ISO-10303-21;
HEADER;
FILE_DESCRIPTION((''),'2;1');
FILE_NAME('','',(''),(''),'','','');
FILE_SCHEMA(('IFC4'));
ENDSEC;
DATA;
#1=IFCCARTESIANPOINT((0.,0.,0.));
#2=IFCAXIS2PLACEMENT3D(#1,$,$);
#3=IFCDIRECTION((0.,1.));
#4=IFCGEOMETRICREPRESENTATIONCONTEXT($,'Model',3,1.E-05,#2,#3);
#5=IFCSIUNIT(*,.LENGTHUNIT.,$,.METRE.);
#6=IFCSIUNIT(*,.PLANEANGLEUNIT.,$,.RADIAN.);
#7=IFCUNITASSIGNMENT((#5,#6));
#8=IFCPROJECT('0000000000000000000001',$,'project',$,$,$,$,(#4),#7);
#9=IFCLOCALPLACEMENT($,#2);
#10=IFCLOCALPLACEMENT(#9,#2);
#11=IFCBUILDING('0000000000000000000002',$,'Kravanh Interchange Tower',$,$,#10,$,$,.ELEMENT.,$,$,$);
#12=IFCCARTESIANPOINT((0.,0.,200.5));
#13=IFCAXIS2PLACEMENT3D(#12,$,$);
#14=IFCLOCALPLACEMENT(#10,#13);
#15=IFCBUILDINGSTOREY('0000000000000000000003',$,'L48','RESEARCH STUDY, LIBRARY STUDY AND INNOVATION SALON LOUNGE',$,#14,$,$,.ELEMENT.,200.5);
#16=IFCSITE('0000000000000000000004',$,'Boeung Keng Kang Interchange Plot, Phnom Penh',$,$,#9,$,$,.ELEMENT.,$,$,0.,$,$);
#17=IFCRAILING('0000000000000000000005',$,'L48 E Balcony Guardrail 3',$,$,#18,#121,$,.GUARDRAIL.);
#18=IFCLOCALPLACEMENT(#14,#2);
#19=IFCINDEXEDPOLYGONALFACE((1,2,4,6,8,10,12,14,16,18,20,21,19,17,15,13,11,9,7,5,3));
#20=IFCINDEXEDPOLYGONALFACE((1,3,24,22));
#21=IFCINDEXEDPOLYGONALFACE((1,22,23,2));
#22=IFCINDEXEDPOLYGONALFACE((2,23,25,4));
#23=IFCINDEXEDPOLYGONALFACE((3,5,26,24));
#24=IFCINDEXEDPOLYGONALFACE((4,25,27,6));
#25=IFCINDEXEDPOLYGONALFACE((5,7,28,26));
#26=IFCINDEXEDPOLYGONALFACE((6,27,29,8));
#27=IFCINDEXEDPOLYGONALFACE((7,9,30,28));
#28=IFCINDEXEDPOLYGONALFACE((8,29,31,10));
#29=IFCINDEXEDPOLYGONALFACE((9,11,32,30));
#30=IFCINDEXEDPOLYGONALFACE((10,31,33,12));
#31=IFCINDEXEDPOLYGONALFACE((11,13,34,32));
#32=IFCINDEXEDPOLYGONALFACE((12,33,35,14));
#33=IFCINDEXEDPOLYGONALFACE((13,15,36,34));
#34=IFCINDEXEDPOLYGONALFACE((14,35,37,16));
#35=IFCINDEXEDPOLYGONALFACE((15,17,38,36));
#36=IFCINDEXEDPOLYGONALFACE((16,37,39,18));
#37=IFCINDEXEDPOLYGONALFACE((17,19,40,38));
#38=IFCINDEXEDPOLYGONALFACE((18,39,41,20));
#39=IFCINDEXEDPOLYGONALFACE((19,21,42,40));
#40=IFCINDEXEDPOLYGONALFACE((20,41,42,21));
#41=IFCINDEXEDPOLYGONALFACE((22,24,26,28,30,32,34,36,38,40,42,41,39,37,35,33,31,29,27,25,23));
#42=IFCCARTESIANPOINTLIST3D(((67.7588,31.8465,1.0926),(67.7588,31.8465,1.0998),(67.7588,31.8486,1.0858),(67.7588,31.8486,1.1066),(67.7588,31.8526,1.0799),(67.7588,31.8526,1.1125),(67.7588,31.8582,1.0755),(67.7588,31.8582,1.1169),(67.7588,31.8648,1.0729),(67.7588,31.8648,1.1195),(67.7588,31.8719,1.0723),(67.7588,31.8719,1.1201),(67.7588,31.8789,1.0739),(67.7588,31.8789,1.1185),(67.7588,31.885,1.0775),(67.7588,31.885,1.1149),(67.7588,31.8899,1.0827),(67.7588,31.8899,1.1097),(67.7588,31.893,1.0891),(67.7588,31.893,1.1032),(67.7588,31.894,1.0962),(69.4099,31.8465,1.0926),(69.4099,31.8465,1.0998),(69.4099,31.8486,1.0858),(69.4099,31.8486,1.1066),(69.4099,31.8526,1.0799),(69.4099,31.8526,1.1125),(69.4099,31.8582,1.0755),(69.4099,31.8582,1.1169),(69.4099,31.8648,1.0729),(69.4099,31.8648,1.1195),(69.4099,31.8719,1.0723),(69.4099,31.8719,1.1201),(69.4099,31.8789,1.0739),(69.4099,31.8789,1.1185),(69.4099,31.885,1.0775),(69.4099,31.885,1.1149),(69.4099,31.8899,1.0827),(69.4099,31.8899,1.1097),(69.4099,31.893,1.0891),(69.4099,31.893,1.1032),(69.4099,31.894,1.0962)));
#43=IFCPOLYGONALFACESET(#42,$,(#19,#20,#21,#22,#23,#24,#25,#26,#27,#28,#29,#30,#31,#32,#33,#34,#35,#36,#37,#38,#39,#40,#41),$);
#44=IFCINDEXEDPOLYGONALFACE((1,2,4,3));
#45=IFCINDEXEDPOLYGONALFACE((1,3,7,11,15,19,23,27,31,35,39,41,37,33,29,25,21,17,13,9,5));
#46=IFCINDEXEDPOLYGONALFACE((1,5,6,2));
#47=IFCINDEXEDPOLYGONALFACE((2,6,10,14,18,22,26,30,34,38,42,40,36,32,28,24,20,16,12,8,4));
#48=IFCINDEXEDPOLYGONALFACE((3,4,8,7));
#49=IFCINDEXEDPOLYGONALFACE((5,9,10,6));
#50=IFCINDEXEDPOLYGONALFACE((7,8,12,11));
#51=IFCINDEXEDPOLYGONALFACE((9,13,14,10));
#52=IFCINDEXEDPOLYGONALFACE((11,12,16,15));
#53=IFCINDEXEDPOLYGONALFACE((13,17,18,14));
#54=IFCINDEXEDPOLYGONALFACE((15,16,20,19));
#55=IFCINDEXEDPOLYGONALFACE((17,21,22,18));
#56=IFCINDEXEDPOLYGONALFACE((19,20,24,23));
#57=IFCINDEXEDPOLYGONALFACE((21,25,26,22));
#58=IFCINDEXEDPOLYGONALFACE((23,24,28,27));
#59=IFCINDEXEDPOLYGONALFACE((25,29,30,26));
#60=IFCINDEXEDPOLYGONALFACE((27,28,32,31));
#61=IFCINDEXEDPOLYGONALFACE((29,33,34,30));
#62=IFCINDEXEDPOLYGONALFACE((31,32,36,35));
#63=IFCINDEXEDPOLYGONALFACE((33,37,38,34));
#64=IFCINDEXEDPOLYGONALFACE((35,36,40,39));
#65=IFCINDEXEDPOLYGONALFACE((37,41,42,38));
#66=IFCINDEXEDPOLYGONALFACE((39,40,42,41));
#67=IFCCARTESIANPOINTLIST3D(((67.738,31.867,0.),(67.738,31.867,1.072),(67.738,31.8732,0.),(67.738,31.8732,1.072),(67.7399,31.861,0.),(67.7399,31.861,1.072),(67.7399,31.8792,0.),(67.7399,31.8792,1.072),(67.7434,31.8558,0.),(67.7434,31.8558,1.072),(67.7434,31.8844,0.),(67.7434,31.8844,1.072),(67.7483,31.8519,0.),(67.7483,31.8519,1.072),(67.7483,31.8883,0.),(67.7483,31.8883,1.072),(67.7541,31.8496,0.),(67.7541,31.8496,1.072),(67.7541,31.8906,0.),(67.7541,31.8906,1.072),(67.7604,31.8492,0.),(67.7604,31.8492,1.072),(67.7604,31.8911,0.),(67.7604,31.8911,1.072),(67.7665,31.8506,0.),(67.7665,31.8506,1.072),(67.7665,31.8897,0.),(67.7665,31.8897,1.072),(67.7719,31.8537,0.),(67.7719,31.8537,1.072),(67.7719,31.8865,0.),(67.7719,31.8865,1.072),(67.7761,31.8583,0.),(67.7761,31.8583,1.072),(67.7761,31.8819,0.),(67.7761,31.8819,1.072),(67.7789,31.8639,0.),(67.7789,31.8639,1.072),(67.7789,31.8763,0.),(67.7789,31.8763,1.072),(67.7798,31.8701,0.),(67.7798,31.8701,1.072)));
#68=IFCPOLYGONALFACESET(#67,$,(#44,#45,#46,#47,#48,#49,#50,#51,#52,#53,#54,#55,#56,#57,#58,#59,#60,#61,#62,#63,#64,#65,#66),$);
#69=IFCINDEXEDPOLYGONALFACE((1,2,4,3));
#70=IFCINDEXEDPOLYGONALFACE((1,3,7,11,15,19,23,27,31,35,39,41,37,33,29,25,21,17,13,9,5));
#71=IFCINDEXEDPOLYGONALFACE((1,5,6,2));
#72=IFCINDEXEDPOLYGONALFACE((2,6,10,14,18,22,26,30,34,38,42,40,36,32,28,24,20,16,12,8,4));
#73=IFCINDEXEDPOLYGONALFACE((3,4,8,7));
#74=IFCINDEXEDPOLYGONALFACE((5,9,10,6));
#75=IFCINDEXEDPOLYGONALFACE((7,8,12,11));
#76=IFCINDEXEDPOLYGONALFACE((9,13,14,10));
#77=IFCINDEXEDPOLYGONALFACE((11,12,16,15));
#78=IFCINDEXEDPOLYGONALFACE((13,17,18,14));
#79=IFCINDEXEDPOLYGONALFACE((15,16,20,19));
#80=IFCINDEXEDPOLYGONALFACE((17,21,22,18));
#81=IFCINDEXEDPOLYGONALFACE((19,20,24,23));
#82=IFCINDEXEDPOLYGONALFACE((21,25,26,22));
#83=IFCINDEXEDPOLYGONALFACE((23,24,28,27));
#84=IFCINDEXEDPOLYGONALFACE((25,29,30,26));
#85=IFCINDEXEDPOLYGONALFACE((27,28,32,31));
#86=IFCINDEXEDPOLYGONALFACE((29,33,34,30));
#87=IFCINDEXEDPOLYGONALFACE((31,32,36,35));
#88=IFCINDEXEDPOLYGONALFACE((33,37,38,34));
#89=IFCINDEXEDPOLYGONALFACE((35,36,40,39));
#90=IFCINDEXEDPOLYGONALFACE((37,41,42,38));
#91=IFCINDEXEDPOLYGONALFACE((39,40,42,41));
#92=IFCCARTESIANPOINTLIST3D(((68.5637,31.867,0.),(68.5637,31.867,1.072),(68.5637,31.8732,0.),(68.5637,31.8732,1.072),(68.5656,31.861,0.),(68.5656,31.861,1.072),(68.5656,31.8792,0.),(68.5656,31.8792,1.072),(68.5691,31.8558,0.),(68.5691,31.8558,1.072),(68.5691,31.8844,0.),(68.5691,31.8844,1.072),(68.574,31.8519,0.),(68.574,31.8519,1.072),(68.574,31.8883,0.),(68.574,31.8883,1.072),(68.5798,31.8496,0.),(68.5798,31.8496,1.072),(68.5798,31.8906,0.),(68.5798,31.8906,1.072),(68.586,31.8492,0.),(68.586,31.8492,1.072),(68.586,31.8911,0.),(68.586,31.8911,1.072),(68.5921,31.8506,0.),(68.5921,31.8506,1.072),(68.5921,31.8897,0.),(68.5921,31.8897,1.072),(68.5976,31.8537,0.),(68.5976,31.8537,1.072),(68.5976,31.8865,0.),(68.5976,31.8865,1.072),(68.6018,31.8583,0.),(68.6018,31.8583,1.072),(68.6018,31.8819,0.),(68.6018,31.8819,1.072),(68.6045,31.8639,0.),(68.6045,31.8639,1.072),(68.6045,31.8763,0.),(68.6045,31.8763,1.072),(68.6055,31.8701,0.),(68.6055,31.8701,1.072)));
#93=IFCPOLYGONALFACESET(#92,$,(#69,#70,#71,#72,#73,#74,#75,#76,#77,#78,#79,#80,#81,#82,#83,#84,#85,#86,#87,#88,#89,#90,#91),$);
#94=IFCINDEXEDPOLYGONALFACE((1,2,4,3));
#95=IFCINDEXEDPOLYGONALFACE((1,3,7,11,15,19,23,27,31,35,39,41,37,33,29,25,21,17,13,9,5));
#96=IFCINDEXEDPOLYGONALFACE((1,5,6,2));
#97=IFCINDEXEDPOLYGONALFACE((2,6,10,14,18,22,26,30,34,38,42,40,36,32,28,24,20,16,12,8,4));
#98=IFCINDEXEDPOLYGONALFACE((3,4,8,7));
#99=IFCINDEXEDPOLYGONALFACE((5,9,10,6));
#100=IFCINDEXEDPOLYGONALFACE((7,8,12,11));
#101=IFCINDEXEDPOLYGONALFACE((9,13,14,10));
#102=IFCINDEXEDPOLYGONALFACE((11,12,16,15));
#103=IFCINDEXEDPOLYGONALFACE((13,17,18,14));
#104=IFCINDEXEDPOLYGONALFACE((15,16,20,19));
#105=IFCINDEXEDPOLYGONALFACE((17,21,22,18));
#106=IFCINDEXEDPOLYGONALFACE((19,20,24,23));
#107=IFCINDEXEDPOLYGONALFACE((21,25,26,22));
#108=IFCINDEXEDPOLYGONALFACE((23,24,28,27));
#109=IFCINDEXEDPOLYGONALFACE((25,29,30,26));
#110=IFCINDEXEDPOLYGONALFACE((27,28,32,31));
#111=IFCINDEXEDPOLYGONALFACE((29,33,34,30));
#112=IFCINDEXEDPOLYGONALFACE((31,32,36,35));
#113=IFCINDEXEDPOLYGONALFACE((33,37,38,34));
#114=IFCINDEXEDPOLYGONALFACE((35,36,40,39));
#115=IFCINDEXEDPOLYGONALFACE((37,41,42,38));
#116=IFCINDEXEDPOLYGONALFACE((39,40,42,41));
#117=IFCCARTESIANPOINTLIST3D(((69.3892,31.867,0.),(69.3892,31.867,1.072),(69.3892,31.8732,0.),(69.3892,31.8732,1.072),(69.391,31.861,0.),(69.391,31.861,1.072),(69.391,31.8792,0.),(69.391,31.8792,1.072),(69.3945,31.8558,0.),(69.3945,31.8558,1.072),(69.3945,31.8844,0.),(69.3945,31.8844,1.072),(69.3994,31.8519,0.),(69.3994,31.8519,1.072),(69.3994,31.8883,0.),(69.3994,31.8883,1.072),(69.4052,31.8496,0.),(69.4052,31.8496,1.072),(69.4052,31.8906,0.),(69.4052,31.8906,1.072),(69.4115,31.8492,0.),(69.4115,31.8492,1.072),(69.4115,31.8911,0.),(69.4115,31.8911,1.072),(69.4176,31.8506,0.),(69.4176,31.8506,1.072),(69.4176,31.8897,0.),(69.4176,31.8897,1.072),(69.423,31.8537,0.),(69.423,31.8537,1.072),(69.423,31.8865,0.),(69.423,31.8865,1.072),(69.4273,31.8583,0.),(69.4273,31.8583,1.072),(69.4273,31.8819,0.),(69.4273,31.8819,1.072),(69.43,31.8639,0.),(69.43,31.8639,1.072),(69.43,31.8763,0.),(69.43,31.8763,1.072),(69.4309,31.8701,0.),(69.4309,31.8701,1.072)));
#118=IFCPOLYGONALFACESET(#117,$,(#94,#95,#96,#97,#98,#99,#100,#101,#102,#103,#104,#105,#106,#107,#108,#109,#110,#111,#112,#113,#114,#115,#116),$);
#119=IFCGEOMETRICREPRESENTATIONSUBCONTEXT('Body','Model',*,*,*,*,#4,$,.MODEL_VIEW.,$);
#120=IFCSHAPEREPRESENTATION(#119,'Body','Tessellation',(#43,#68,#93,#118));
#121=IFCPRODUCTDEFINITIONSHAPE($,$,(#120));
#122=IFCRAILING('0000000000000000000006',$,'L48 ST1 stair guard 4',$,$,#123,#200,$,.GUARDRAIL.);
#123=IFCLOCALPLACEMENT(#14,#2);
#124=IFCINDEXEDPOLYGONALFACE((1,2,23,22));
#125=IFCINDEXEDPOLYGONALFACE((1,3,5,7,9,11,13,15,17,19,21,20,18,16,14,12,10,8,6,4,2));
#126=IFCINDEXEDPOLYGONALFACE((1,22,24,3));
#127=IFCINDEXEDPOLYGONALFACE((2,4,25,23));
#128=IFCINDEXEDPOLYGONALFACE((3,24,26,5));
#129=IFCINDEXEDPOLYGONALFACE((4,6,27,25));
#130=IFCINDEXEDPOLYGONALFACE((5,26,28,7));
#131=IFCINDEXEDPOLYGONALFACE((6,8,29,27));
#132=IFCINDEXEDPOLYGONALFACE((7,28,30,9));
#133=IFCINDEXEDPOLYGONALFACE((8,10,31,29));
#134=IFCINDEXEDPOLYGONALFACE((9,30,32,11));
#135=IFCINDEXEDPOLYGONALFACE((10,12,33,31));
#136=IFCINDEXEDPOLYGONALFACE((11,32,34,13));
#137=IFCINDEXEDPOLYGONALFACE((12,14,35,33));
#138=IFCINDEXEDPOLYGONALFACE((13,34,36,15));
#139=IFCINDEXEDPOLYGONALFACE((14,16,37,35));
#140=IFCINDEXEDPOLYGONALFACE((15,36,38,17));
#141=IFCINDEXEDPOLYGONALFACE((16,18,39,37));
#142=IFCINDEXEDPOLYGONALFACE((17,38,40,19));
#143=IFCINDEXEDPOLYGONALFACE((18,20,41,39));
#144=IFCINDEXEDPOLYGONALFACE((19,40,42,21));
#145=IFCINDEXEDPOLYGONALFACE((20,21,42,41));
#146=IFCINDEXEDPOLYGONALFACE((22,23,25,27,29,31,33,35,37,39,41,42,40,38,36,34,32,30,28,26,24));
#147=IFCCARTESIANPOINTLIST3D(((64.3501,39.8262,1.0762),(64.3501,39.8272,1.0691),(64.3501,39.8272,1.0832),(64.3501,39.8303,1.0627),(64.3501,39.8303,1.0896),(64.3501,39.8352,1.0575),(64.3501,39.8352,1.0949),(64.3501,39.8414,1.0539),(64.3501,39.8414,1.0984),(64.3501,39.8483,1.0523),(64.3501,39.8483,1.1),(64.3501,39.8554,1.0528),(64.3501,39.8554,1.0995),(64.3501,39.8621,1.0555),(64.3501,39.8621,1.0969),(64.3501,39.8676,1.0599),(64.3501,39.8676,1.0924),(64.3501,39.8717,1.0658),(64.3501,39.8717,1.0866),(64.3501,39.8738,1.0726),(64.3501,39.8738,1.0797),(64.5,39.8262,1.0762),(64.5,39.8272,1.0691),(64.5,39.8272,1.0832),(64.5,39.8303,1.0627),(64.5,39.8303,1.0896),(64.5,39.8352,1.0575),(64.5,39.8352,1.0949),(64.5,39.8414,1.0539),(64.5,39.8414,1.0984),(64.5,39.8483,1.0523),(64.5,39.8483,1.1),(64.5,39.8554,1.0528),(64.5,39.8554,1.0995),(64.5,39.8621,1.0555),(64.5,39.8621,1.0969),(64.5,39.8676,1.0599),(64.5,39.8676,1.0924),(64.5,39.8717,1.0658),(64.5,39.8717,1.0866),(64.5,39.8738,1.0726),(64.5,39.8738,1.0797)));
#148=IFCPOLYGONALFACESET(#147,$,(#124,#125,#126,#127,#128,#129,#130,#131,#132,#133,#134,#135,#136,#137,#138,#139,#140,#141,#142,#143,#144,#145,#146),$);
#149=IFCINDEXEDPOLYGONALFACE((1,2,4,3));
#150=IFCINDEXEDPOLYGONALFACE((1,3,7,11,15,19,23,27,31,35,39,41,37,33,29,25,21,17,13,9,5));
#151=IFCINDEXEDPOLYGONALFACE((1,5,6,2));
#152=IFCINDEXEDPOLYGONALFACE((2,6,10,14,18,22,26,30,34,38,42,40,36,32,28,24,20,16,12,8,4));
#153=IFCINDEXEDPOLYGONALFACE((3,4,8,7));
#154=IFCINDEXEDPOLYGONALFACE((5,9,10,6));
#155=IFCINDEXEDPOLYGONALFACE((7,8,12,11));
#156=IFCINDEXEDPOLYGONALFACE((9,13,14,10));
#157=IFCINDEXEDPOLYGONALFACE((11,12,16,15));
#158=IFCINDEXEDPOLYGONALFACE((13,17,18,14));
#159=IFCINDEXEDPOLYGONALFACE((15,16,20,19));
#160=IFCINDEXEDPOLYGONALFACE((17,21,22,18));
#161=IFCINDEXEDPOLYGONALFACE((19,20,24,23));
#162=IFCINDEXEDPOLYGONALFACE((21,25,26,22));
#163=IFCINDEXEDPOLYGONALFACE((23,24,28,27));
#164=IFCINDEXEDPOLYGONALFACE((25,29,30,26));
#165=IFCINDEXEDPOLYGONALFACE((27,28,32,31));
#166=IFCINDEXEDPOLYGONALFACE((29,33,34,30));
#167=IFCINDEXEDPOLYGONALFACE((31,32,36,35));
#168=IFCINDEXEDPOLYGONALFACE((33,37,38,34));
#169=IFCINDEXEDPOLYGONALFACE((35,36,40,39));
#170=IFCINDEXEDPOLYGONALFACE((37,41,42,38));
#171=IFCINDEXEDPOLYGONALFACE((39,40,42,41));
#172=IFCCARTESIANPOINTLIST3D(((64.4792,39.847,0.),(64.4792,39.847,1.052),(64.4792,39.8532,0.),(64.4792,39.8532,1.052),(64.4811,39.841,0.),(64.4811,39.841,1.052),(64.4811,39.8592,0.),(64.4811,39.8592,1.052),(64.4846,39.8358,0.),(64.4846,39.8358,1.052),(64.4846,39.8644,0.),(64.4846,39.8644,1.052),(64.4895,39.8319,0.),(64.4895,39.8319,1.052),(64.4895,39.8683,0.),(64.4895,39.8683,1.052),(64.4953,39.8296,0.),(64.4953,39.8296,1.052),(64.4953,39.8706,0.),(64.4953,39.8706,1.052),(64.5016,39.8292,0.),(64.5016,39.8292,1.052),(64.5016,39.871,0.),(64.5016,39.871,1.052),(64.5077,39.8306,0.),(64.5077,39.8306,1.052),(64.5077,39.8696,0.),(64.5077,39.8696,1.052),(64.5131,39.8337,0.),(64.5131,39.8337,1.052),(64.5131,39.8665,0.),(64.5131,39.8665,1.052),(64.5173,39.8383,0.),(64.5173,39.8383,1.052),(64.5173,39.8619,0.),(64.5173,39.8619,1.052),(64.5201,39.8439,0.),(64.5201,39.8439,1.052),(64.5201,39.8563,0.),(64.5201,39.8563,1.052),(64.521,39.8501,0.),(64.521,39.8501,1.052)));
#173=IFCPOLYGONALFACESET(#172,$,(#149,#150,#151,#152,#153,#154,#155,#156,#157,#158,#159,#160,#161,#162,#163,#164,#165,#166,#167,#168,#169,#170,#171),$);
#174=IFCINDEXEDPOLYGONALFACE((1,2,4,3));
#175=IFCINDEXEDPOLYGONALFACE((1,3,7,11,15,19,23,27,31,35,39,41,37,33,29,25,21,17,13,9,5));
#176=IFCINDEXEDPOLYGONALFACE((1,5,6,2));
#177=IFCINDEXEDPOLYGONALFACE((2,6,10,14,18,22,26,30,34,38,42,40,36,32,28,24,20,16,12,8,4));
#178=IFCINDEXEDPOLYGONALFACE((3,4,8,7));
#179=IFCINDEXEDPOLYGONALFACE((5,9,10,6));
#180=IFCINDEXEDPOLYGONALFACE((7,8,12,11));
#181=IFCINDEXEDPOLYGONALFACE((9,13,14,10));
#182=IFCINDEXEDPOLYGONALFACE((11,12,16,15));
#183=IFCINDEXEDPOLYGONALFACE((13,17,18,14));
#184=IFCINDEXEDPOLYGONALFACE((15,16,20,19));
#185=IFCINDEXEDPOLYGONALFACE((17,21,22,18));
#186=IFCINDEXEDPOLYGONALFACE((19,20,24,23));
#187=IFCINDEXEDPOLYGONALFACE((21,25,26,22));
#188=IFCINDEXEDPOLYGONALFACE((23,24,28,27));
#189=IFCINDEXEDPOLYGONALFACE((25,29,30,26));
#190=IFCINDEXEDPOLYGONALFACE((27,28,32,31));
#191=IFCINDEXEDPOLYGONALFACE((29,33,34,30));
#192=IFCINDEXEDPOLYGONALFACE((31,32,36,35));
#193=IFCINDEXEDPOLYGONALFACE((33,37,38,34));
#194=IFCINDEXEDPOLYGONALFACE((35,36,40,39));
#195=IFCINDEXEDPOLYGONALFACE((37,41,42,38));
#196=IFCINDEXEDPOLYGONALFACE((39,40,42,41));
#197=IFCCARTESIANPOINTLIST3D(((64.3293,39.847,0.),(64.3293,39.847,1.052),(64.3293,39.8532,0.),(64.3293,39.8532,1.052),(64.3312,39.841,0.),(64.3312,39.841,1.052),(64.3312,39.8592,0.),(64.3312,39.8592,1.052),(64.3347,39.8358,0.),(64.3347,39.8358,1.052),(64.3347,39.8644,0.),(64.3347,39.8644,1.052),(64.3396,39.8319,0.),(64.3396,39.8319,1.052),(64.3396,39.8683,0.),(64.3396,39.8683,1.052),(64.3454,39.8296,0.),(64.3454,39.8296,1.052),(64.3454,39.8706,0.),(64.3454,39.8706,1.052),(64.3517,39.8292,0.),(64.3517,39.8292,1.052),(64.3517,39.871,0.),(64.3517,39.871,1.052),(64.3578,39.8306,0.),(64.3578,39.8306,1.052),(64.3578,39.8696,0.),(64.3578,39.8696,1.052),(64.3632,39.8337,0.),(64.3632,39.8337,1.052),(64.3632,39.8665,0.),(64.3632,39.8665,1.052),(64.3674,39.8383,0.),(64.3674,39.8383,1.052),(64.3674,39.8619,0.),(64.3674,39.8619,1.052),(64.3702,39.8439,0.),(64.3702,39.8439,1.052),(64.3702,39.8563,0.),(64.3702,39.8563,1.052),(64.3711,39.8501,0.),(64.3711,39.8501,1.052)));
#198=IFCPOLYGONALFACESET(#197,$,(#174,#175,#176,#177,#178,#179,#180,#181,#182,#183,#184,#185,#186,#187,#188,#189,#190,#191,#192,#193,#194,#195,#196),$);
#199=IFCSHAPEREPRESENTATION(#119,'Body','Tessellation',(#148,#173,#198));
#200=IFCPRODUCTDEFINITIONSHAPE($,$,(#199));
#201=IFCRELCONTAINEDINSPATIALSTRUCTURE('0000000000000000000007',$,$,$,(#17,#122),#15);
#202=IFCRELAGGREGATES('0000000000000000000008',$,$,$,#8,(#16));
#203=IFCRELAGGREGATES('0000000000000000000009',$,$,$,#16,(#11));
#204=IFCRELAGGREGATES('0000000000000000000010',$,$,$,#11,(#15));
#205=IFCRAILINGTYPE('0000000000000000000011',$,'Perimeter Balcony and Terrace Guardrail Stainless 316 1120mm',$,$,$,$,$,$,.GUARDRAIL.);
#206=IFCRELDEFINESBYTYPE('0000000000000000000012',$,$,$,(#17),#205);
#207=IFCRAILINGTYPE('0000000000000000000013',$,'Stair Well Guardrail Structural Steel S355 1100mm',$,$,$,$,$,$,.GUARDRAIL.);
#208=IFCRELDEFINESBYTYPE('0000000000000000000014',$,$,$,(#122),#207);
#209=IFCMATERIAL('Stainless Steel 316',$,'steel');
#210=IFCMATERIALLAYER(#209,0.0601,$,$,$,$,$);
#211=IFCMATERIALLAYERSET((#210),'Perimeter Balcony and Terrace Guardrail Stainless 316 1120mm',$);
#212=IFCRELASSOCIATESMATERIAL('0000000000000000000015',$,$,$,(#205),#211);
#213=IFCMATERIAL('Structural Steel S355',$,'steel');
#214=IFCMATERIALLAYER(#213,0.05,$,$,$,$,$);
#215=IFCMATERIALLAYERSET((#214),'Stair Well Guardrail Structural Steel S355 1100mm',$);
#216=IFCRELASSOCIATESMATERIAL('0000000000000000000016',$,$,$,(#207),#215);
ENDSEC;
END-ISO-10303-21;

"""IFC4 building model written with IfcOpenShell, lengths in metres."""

from ifc_helpers import new_model, si_unit, direction, frame, origin, origin_2d, place, context, subcontext, project, spatial, circle, extrude, material, layer, layer_set, type_object, element, save


model = new_model("IFC4")

# Units and contexts
model_context = context("Model", 3, precision=1e-05, world=origin(), true_north=direction((0.0, 1.0)))
body_context = subcontext(model_context, "Body", "Model", "MODEL_VIEW")
ifc_project = project(units=[si_unit("LENGTHUNIT", "METRE"), si_unit("PLANEANGLEUNIT", "RADIAN")], contexts=[model_context])

# Site, building, storey
site_placement = place(None, origin())
site = spatial("IfcSite", under=ifc_project, at=site_placement, Name="Boeung Keng Kang Interchange Plot, Phnom Penh", CompositionType="ELEMENT", RefElevation=0.0)
building_placement = place(site_placement, origin())
building = spatial("IfcBuilding", under=site, at=building_placement, Name="Kravanh Interchange Tower", CompositionType="ELEMENT")
storey_placement = place(building_placement, frame((0.0, 0.0, 200.5)))
storey = spatial("IfcBuildingStorey", under=building, at=storey_placement, Name="L48", Description="RESEARCH STUDY, LIBRARY STUDY AND INNOVATION SALON LOUNGE", CompositionType="ELEMENT", Elevation=200.5)

# Railings
ifc_material_1 = material(Name="Stainless Steel 316", Category="steel")
ifc_layer_1 = layer(ifc_material_1, 0.0601)
ifc_layer_set_1 = layer_set([ifc_layer_1], Name="Perimeter Balcony and Terrace Guardrail Stainless 316 1120mm")
railing_type_1 = type_object("IfcRailingType", Name="Perimeter Balcony and Terrace Guardrail Stainless 316 1120mm", PredefinedType="GUARDRAIL", material=ifc_layer_set_1)
railing_1_placement = place(storey_placement, frame((67.7588, 31.8701, 0.0)))
element("IfcRailing", 1, at=railing_1_placement, inside=storey, type_object=railing_type_1, Name="L48 E Balcony Guardrail 3", PredefinedType="GUARDRAIL", context=body_context, shape_type="SweptSolid", body=[
    extrude(circle(Radius=0.0239, at=origin_2d()), frame((0.0, 0.0, 1.0962), z_axis=(1.0, 0.0, 0.0), x_axis=(0.0, 1.0, 0.0)), (0.0, 0.0, 1.0), 1.6511),
    extrude(circle(Radius=0.021, at=origin_2d()), origin(), (0.0, 0.0, 1.0), 1.072),
    extrude(circle(Radius=0.021, at=origin_2d()), frame((0.8257, 0.0, 0.0)), (0.0, 0.0, 1.0), 1.072),
    extrude(circle(Radius=0.021, at=origin_2d()), frame((1.6511, 0.0, 0.0)), (0.0, 0.0, 1.0), 1.072),
])
ifc_material_2 = material(Name="Structural Steel S355", Category="steel")
ifc_layer_2 = layer(ifc_material_2, 0.05)
ifc_layer_set_2 = layer_set([ifc_layer_2], Name="Stair Well Guardrail Structural Steel S355 1100mm")
railing_type_2 = type_object("IfcRailingType", Name="Stair Well Guardrail Structural Steel S355 1100mm", PredefinedType="GUARDRAIL", material=ifc_layer_set_2)
railing_2_placement = place(storey_placement, frame((64.5, 39.8501, 0.0)))
element("IfcRailing", 2, at=railing_2_placement, inside=storey, type_object=railing_type_2, Name="L48 ST1 stair guard 4", PredefinedType="GUARDRAIL", context=body_context, shape_type="SweptSolid", body=[
    extrude(circle(Radius=0.0239, at=origin_2d()), frame((0.0, 0.0, 1.0762), z_axis=(-1.0, 0.0, 0.0), x_axis=(0.0, -1.0, 0.0)), (0.0, 0.0, 1.0), 0.1499),
    extrude(circle(Radius=0.021, at=origin_2d()), origin(), (0.0, 0.0, 1.0), 1.052),
    extrude(circle(Radius=0.021, at=origin_2d()), frame((-0.1499, 0.0, 0.0)), (0.0, 0.0, 1.0), 1.052),
])

save(model, "model.ifc")
